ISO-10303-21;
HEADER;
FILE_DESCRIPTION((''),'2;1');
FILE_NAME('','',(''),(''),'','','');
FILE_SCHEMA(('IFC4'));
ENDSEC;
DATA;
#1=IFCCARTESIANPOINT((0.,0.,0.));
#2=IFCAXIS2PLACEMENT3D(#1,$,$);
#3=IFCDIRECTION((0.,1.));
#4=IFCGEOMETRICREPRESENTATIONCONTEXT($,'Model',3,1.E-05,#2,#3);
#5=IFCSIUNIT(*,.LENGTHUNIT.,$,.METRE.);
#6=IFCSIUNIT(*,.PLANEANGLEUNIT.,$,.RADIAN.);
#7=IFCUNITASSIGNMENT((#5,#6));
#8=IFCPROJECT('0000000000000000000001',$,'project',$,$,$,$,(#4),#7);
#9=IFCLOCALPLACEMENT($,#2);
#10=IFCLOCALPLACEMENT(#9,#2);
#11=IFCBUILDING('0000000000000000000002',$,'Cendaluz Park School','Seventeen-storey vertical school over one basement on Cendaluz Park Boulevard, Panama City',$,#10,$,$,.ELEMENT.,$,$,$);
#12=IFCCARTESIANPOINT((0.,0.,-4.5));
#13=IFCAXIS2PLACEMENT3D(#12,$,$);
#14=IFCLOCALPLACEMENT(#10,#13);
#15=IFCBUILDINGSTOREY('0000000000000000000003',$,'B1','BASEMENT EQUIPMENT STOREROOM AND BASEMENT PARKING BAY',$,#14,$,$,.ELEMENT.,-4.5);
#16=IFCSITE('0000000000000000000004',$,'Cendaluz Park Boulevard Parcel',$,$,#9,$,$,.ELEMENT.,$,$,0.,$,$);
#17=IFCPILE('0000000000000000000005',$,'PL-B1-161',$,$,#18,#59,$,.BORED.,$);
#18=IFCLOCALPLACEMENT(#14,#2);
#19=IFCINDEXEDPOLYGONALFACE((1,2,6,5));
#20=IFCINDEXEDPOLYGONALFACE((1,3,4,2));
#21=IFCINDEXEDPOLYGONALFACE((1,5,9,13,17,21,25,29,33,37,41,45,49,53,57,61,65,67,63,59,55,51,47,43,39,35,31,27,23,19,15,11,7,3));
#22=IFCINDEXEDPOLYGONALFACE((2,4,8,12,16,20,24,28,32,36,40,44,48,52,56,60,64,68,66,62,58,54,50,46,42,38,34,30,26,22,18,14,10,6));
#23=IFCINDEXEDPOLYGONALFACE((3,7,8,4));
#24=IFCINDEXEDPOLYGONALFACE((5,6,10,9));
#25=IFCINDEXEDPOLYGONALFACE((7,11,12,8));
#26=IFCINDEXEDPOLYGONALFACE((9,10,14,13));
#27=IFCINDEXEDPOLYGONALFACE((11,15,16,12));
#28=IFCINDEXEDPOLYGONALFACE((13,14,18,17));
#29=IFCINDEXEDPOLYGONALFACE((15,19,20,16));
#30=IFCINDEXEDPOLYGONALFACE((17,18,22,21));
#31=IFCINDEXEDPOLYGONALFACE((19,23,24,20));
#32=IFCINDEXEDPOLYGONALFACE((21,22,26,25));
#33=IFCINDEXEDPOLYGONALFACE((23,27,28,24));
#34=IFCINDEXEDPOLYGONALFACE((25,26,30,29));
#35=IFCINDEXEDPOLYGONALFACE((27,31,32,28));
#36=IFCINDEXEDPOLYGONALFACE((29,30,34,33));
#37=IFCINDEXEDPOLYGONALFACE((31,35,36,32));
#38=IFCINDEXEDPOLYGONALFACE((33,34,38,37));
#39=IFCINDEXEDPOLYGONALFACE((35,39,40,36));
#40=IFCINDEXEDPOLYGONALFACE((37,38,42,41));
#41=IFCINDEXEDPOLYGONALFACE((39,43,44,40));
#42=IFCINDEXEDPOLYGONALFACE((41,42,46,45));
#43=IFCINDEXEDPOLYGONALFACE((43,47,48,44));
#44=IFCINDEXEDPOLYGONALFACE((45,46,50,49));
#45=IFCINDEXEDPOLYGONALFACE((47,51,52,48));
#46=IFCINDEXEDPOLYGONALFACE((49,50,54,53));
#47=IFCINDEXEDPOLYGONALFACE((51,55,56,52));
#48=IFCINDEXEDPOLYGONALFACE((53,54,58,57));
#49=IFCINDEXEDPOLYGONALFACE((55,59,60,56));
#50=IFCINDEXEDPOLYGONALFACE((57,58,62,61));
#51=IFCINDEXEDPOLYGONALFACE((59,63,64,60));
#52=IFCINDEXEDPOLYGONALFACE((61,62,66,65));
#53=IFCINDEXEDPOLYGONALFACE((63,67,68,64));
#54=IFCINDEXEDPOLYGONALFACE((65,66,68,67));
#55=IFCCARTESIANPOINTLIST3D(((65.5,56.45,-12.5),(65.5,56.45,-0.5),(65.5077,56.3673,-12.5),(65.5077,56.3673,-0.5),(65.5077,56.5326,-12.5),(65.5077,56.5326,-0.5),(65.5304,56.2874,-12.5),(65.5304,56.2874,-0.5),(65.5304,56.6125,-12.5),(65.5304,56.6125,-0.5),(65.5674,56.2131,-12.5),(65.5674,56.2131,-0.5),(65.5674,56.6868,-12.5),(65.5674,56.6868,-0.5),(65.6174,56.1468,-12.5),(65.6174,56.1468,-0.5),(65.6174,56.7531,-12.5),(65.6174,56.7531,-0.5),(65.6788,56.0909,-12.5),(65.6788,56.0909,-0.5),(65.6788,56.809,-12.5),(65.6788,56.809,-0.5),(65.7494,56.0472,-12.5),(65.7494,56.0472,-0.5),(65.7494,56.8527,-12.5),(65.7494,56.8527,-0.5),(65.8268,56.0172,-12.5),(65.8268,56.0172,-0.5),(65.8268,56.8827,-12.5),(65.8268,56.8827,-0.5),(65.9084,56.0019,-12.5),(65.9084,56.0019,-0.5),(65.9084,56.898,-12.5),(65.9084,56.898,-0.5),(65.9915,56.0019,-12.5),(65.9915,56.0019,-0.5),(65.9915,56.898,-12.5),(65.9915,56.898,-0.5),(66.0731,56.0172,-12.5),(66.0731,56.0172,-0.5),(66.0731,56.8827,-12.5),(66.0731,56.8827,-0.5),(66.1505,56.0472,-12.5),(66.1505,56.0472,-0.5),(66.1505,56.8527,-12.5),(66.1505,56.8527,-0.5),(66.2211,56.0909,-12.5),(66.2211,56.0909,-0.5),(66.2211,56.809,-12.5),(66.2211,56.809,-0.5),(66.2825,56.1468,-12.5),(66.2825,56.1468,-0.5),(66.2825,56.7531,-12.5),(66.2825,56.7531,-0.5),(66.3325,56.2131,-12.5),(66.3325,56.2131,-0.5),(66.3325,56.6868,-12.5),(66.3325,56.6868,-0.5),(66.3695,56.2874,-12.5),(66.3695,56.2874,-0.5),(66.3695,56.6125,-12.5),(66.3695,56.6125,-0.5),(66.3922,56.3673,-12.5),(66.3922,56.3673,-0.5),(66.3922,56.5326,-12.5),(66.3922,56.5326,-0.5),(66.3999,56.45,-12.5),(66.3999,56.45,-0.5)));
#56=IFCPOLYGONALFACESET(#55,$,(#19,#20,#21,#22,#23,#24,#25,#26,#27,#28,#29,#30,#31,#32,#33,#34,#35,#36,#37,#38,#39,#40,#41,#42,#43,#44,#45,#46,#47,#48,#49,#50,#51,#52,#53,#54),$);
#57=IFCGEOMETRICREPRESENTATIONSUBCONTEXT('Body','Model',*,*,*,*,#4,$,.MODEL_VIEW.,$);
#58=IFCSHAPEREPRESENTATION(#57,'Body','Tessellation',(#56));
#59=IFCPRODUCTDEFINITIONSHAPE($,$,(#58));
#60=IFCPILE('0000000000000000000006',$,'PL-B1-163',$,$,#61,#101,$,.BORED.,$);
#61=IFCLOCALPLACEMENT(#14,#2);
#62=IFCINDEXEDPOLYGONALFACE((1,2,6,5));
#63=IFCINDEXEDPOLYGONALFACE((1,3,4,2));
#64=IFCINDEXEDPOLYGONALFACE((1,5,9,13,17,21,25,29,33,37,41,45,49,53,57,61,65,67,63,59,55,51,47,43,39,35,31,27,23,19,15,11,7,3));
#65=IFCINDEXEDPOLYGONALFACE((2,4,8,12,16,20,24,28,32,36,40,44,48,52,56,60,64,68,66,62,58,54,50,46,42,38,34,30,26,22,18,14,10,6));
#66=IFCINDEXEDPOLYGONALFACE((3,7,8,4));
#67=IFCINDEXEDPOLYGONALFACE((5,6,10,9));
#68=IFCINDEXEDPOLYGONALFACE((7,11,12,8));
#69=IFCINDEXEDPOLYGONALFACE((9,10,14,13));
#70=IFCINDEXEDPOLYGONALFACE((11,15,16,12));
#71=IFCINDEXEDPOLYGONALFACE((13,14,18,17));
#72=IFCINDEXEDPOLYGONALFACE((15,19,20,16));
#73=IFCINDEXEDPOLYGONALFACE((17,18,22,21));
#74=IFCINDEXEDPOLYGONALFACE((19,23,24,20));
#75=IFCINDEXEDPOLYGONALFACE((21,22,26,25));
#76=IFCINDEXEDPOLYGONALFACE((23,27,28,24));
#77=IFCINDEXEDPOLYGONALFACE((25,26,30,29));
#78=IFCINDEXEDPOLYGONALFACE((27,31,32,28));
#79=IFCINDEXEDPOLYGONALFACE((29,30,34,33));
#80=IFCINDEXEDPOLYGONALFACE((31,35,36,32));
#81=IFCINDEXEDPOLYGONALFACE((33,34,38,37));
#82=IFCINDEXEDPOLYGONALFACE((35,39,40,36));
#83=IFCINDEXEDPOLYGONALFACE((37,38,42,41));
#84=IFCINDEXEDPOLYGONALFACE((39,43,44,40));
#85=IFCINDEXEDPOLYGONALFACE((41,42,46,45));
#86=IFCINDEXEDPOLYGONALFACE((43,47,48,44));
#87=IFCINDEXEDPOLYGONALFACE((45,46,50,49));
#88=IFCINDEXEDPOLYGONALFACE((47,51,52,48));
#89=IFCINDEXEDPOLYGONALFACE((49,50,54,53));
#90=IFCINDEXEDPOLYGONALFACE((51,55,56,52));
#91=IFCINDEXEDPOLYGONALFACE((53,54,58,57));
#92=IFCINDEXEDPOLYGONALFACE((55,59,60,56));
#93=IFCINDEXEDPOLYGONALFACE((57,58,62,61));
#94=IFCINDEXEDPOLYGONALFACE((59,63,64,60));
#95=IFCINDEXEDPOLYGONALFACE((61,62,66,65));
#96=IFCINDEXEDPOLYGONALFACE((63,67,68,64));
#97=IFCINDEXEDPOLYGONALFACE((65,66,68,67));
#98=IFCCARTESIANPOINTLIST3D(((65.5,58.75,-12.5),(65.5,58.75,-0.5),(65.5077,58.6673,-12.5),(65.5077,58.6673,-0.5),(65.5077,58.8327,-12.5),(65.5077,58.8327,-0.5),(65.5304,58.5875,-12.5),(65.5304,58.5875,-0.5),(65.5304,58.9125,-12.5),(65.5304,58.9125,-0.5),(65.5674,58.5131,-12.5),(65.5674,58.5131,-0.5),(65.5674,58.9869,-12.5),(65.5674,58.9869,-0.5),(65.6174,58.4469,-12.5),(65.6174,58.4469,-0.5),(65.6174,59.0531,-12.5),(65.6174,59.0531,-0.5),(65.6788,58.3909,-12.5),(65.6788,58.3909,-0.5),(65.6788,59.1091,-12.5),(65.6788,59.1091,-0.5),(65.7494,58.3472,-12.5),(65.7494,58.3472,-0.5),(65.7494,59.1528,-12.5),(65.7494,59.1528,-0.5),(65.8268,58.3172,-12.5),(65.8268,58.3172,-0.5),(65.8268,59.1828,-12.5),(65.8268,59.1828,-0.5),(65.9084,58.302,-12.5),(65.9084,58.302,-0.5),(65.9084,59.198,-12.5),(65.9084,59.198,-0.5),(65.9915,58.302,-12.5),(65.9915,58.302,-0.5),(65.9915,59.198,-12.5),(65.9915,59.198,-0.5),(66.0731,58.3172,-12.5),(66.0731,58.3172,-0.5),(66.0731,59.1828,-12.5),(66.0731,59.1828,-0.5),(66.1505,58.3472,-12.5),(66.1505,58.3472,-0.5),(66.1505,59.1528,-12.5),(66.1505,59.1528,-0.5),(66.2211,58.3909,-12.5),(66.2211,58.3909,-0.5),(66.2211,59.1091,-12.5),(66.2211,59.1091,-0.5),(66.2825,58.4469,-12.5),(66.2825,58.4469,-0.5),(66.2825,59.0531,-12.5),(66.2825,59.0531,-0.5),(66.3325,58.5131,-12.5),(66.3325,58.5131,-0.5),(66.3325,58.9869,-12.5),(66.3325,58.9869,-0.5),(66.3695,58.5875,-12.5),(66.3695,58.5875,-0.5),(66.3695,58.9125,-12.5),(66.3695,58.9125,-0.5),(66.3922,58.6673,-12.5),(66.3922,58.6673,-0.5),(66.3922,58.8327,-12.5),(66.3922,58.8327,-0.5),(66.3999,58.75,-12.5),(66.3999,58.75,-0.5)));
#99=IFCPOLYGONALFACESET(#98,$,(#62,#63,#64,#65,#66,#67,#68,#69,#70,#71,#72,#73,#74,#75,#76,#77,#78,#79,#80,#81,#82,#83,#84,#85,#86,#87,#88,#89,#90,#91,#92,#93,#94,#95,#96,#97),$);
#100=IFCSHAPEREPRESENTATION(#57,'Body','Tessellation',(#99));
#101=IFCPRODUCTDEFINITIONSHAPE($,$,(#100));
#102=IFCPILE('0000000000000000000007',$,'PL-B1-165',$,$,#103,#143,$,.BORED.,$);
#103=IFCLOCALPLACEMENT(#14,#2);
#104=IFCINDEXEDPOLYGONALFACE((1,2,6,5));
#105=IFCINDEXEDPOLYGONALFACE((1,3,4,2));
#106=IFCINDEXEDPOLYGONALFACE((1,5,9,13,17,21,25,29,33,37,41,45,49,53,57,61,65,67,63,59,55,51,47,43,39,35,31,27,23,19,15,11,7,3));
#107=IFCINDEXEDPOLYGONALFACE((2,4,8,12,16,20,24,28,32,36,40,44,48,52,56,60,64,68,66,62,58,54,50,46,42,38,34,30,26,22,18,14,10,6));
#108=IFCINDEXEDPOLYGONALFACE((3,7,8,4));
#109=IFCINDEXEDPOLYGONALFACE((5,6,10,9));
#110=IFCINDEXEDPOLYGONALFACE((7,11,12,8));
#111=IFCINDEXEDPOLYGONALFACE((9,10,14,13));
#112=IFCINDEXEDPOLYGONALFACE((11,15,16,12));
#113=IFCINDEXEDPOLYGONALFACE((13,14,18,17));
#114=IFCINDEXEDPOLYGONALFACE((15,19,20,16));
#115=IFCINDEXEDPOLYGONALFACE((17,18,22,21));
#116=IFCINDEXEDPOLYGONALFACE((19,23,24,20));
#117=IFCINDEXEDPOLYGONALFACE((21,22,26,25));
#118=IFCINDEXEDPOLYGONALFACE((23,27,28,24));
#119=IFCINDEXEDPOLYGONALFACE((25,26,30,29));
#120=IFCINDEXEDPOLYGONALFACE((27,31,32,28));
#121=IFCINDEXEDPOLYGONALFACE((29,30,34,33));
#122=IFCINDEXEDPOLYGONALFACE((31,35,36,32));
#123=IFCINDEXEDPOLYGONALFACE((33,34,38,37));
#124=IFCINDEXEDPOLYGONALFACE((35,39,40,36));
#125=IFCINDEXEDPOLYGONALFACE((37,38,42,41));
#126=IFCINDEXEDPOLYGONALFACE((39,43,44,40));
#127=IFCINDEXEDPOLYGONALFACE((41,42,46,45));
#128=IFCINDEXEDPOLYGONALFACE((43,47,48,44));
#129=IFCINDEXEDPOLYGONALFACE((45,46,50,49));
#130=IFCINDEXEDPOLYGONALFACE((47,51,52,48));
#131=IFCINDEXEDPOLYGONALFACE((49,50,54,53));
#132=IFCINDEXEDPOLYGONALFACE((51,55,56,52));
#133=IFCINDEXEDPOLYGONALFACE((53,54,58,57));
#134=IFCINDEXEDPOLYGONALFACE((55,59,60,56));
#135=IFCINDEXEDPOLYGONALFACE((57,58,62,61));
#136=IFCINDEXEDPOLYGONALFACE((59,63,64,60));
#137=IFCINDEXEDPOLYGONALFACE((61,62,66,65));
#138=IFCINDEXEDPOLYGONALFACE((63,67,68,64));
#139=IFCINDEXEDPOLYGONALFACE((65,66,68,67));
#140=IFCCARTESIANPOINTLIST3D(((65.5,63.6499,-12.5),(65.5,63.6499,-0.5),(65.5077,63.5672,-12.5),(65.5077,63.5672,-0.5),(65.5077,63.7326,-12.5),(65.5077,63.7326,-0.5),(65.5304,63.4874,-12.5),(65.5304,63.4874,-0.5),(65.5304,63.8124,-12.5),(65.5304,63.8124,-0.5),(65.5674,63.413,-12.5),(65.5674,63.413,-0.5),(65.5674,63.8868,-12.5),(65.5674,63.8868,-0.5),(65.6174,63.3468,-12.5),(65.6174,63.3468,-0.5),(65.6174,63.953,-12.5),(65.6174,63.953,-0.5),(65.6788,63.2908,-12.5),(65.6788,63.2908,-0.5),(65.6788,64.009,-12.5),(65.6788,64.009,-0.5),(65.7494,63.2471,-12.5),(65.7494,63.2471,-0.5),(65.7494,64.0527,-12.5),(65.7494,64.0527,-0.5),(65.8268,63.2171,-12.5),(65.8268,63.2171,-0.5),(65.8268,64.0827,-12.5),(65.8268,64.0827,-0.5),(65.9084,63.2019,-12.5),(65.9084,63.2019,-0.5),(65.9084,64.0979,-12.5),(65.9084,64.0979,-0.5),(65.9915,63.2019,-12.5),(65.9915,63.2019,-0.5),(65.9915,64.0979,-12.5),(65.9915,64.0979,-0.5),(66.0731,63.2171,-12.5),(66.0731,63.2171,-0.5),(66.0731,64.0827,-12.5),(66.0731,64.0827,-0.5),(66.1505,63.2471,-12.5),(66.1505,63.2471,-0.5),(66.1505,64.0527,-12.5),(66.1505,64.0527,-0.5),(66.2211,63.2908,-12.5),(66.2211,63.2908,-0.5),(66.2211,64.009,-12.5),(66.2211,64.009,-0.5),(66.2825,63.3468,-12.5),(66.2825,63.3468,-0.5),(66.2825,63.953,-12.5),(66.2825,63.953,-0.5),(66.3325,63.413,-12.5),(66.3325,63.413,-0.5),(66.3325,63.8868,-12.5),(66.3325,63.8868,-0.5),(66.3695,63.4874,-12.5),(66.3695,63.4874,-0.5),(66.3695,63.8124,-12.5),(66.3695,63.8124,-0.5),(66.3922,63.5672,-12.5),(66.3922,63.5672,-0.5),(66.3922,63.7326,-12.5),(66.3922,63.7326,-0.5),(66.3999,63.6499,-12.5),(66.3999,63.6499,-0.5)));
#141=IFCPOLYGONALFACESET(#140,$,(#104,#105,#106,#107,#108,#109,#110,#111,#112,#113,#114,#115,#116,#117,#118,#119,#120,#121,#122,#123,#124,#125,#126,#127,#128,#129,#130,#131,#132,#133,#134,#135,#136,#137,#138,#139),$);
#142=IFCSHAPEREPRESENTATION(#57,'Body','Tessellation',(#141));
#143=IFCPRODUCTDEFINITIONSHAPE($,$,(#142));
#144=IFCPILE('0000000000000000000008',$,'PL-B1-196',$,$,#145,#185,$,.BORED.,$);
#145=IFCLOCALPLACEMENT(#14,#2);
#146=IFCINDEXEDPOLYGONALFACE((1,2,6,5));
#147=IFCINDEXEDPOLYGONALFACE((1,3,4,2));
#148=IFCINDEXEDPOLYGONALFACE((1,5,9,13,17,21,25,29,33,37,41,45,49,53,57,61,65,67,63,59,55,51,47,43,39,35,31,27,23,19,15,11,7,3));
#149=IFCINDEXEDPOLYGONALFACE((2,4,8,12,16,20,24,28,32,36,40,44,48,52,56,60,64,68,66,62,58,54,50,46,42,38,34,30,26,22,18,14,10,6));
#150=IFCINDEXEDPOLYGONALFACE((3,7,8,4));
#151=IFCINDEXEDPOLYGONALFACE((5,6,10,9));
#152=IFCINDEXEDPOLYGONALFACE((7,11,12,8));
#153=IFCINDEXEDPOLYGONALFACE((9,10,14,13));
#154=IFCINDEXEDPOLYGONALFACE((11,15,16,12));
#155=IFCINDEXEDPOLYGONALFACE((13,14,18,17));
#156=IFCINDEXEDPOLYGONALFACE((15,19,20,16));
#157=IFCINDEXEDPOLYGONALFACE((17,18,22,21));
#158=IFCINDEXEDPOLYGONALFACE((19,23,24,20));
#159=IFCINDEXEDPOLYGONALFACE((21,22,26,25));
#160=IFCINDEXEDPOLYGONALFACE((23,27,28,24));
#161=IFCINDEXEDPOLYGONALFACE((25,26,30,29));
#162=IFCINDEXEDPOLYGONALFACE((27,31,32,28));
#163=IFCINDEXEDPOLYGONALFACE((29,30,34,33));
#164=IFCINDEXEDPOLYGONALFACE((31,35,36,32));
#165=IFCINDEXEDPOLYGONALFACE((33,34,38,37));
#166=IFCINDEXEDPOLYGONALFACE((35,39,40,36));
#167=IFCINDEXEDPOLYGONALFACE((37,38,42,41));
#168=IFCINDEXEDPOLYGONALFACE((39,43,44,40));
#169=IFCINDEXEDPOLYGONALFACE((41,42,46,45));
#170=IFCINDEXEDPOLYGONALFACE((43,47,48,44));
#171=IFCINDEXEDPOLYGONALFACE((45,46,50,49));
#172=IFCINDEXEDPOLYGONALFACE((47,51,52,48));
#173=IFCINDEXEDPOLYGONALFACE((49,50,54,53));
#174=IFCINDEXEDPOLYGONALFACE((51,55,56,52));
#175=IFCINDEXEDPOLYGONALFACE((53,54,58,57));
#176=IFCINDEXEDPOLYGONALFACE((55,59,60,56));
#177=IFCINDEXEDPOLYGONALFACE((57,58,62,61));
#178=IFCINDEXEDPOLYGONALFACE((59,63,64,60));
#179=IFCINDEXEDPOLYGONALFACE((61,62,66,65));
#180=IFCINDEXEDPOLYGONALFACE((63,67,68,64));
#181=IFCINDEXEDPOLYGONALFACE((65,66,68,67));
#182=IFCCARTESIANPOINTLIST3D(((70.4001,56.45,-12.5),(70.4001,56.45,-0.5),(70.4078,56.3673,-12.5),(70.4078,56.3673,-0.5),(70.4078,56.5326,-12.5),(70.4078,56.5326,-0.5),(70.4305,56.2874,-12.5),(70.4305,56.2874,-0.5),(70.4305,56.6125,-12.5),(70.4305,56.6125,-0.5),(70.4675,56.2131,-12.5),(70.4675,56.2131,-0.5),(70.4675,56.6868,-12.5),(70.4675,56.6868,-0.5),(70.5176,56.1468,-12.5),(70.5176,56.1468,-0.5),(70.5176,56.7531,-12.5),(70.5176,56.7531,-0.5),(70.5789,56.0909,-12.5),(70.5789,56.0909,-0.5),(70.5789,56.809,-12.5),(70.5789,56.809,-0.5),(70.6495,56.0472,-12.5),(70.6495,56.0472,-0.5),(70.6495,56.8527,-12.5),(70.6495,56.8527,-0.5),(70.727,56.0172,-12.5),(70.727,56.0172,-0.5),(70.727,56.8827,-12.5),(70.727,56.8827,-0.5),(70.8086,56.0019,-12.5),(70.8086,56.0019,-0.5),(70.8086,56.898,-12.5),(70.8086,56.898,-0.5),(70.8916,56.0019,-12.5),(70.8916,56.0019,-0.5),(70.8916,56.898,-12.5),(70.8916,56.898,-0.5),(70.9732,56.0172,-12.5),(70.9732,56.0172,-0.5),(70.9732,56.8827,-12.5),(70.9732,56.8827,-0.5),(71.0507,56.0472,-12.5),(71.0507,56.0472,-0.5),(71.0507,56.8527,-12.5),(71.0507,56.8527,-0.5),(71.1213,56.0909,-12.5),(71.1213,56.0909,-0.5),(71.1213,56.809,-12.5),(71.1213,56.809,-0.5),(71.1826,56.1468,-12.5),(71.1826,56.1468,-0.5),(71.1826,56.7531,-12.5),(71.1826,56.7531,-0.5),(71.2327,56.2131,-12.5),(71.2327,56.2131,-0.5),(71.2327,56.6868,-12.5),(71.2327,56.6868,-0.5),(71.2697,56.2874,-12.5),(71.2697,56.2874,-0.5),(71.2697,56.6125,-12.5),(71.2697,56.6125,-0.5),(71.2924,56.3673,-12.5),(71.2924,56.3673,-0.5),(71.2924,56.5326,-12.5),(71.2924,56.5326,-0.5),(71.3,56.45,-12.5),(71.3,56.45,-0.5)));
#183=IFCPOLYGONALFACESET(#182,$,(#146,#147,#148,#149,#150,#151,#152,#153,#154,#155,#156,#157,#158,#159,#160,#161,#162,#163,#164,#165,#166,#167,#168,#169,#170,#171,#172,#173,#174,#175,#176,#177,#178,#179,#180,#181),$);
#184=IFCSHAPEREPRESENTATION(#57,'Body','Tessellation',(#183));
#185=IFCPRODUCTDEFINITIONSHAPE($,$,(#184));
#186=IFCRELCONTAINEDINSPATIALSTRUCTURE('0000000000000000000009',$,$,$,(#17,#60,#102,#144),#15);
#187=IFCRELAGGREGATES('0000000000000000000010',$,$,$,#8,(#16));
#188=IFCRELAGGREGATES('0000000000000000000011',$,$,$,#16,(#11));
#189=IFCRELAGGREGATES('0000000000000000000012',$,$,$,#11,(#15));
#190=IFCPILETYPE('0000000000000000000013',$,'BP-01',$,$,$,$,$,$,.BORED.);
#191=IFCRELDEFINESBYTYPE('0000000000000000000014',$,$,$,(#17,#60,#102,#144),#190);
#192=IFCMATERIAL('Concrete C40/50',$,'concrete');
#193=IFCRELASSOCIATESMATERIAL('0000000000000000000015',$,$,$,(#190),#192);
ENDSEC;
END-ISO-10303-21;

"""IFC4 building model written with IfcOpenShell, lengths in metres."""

from ifc_helpers import new_model, si_unit, direction, frame, origin, origin_2d, place, context, subcontext, project, spatial, circle, extrude, material, material_profile, profile_set, type_object, element, save


model = new_model("IFC4")

# Units and contexts
model_context = context("Model", 3, precision=1e-05, world=origin(), true_north=direction((0.0, 1.0)))
body_context = subcontext(model_context, "Body", "Model", "MODEL_VIEW")
ifc_project = project(units=[si_unit("LENGTHUNIT", "METRE"), si_unit("PLANEANGLEUNIT", "RADIAN")], contexts=[model_context])

# Site, building, storey
site_placement = place(None, origin())
site = spatial("IfcSite", under=ifc_project, at=site_placement, Name="Cendaluz Park Boulevard Parcel", CompositionType="ELEMENT", RefElevation=0.0)
building_placement = place(site_placement, origin())
building = spatial("IfcBuilding", under=site, at=building_placement, Name="Cendaluz Park School", Description="Seventeen-storey vertical school over one basement on Cendaluz Park Boulevard, Panama City", CompositionType="ELEMENT")
storey_placement = place(building_placement, frame((0.0, 0.0, -4.5)))
storey = spatial("IfcBuildingStorey", under=building, at=storey_placement, Name="B1", Description="BASEMENT EQUIPMENT STOREROOM AND BASEMENT PARKING BAY", CompositionType="ELEMENT", Elevation=-4.5)

# Piles
ifc_material_1 = material(Name="Concrete C40/50", Category="concrete")
ifc_material_profile_1 = material_profile(ifc_material_1, circle(Radius=0.45, at=origin_2d()), Name="BP D900", Category="concrete")
ifc_profile_set_1 = profile_set([ifc_material_profile_1], Name="Concrete C40/50")
pile_type = type_object("IfcPileType", Name="BP-01", PredefinedType="BORED", material=ifc_profile_set_1)
for number, where, z_axis, x_axis, name in (
    (1, (65.95, 56.45, -0.5), (0.0, 0.0, -1.0), (1.0, 0.0, 0.0), "PL-B1-161"),
    (2, (65.95, 58.75, -0.5), (0.0, 0.0, -1.0), (1.0, 0.0, 0.0), "PL-B1-163"),
    (3, (65.95, 63.6499, -0.5), (0.0, 0.0, -1.0), (1.0, 0.0, 0.0), "PL-B1-165"),
    (4, (70.8501, 56.45, -0.5), (0.0, 0.0, -1.0), (1.0, 0.0, 0.0), "PL-B1-196"),
):
    element("IfcPile", number, at=place(storey_placement, frame(where, z_axis=z_axis, x_axis=x_axis)), inside=storey, type_object=pile_type, Name=name, PredefinedType="BORED", context=body_context, shape_type="SweptSolid", body=[
        extrude(circle(Radius=0.45, at=origin_2d()), origin(), (0.0, 0.0, 1.0), 12.0),
    ])

save(model, "model.ifc")
